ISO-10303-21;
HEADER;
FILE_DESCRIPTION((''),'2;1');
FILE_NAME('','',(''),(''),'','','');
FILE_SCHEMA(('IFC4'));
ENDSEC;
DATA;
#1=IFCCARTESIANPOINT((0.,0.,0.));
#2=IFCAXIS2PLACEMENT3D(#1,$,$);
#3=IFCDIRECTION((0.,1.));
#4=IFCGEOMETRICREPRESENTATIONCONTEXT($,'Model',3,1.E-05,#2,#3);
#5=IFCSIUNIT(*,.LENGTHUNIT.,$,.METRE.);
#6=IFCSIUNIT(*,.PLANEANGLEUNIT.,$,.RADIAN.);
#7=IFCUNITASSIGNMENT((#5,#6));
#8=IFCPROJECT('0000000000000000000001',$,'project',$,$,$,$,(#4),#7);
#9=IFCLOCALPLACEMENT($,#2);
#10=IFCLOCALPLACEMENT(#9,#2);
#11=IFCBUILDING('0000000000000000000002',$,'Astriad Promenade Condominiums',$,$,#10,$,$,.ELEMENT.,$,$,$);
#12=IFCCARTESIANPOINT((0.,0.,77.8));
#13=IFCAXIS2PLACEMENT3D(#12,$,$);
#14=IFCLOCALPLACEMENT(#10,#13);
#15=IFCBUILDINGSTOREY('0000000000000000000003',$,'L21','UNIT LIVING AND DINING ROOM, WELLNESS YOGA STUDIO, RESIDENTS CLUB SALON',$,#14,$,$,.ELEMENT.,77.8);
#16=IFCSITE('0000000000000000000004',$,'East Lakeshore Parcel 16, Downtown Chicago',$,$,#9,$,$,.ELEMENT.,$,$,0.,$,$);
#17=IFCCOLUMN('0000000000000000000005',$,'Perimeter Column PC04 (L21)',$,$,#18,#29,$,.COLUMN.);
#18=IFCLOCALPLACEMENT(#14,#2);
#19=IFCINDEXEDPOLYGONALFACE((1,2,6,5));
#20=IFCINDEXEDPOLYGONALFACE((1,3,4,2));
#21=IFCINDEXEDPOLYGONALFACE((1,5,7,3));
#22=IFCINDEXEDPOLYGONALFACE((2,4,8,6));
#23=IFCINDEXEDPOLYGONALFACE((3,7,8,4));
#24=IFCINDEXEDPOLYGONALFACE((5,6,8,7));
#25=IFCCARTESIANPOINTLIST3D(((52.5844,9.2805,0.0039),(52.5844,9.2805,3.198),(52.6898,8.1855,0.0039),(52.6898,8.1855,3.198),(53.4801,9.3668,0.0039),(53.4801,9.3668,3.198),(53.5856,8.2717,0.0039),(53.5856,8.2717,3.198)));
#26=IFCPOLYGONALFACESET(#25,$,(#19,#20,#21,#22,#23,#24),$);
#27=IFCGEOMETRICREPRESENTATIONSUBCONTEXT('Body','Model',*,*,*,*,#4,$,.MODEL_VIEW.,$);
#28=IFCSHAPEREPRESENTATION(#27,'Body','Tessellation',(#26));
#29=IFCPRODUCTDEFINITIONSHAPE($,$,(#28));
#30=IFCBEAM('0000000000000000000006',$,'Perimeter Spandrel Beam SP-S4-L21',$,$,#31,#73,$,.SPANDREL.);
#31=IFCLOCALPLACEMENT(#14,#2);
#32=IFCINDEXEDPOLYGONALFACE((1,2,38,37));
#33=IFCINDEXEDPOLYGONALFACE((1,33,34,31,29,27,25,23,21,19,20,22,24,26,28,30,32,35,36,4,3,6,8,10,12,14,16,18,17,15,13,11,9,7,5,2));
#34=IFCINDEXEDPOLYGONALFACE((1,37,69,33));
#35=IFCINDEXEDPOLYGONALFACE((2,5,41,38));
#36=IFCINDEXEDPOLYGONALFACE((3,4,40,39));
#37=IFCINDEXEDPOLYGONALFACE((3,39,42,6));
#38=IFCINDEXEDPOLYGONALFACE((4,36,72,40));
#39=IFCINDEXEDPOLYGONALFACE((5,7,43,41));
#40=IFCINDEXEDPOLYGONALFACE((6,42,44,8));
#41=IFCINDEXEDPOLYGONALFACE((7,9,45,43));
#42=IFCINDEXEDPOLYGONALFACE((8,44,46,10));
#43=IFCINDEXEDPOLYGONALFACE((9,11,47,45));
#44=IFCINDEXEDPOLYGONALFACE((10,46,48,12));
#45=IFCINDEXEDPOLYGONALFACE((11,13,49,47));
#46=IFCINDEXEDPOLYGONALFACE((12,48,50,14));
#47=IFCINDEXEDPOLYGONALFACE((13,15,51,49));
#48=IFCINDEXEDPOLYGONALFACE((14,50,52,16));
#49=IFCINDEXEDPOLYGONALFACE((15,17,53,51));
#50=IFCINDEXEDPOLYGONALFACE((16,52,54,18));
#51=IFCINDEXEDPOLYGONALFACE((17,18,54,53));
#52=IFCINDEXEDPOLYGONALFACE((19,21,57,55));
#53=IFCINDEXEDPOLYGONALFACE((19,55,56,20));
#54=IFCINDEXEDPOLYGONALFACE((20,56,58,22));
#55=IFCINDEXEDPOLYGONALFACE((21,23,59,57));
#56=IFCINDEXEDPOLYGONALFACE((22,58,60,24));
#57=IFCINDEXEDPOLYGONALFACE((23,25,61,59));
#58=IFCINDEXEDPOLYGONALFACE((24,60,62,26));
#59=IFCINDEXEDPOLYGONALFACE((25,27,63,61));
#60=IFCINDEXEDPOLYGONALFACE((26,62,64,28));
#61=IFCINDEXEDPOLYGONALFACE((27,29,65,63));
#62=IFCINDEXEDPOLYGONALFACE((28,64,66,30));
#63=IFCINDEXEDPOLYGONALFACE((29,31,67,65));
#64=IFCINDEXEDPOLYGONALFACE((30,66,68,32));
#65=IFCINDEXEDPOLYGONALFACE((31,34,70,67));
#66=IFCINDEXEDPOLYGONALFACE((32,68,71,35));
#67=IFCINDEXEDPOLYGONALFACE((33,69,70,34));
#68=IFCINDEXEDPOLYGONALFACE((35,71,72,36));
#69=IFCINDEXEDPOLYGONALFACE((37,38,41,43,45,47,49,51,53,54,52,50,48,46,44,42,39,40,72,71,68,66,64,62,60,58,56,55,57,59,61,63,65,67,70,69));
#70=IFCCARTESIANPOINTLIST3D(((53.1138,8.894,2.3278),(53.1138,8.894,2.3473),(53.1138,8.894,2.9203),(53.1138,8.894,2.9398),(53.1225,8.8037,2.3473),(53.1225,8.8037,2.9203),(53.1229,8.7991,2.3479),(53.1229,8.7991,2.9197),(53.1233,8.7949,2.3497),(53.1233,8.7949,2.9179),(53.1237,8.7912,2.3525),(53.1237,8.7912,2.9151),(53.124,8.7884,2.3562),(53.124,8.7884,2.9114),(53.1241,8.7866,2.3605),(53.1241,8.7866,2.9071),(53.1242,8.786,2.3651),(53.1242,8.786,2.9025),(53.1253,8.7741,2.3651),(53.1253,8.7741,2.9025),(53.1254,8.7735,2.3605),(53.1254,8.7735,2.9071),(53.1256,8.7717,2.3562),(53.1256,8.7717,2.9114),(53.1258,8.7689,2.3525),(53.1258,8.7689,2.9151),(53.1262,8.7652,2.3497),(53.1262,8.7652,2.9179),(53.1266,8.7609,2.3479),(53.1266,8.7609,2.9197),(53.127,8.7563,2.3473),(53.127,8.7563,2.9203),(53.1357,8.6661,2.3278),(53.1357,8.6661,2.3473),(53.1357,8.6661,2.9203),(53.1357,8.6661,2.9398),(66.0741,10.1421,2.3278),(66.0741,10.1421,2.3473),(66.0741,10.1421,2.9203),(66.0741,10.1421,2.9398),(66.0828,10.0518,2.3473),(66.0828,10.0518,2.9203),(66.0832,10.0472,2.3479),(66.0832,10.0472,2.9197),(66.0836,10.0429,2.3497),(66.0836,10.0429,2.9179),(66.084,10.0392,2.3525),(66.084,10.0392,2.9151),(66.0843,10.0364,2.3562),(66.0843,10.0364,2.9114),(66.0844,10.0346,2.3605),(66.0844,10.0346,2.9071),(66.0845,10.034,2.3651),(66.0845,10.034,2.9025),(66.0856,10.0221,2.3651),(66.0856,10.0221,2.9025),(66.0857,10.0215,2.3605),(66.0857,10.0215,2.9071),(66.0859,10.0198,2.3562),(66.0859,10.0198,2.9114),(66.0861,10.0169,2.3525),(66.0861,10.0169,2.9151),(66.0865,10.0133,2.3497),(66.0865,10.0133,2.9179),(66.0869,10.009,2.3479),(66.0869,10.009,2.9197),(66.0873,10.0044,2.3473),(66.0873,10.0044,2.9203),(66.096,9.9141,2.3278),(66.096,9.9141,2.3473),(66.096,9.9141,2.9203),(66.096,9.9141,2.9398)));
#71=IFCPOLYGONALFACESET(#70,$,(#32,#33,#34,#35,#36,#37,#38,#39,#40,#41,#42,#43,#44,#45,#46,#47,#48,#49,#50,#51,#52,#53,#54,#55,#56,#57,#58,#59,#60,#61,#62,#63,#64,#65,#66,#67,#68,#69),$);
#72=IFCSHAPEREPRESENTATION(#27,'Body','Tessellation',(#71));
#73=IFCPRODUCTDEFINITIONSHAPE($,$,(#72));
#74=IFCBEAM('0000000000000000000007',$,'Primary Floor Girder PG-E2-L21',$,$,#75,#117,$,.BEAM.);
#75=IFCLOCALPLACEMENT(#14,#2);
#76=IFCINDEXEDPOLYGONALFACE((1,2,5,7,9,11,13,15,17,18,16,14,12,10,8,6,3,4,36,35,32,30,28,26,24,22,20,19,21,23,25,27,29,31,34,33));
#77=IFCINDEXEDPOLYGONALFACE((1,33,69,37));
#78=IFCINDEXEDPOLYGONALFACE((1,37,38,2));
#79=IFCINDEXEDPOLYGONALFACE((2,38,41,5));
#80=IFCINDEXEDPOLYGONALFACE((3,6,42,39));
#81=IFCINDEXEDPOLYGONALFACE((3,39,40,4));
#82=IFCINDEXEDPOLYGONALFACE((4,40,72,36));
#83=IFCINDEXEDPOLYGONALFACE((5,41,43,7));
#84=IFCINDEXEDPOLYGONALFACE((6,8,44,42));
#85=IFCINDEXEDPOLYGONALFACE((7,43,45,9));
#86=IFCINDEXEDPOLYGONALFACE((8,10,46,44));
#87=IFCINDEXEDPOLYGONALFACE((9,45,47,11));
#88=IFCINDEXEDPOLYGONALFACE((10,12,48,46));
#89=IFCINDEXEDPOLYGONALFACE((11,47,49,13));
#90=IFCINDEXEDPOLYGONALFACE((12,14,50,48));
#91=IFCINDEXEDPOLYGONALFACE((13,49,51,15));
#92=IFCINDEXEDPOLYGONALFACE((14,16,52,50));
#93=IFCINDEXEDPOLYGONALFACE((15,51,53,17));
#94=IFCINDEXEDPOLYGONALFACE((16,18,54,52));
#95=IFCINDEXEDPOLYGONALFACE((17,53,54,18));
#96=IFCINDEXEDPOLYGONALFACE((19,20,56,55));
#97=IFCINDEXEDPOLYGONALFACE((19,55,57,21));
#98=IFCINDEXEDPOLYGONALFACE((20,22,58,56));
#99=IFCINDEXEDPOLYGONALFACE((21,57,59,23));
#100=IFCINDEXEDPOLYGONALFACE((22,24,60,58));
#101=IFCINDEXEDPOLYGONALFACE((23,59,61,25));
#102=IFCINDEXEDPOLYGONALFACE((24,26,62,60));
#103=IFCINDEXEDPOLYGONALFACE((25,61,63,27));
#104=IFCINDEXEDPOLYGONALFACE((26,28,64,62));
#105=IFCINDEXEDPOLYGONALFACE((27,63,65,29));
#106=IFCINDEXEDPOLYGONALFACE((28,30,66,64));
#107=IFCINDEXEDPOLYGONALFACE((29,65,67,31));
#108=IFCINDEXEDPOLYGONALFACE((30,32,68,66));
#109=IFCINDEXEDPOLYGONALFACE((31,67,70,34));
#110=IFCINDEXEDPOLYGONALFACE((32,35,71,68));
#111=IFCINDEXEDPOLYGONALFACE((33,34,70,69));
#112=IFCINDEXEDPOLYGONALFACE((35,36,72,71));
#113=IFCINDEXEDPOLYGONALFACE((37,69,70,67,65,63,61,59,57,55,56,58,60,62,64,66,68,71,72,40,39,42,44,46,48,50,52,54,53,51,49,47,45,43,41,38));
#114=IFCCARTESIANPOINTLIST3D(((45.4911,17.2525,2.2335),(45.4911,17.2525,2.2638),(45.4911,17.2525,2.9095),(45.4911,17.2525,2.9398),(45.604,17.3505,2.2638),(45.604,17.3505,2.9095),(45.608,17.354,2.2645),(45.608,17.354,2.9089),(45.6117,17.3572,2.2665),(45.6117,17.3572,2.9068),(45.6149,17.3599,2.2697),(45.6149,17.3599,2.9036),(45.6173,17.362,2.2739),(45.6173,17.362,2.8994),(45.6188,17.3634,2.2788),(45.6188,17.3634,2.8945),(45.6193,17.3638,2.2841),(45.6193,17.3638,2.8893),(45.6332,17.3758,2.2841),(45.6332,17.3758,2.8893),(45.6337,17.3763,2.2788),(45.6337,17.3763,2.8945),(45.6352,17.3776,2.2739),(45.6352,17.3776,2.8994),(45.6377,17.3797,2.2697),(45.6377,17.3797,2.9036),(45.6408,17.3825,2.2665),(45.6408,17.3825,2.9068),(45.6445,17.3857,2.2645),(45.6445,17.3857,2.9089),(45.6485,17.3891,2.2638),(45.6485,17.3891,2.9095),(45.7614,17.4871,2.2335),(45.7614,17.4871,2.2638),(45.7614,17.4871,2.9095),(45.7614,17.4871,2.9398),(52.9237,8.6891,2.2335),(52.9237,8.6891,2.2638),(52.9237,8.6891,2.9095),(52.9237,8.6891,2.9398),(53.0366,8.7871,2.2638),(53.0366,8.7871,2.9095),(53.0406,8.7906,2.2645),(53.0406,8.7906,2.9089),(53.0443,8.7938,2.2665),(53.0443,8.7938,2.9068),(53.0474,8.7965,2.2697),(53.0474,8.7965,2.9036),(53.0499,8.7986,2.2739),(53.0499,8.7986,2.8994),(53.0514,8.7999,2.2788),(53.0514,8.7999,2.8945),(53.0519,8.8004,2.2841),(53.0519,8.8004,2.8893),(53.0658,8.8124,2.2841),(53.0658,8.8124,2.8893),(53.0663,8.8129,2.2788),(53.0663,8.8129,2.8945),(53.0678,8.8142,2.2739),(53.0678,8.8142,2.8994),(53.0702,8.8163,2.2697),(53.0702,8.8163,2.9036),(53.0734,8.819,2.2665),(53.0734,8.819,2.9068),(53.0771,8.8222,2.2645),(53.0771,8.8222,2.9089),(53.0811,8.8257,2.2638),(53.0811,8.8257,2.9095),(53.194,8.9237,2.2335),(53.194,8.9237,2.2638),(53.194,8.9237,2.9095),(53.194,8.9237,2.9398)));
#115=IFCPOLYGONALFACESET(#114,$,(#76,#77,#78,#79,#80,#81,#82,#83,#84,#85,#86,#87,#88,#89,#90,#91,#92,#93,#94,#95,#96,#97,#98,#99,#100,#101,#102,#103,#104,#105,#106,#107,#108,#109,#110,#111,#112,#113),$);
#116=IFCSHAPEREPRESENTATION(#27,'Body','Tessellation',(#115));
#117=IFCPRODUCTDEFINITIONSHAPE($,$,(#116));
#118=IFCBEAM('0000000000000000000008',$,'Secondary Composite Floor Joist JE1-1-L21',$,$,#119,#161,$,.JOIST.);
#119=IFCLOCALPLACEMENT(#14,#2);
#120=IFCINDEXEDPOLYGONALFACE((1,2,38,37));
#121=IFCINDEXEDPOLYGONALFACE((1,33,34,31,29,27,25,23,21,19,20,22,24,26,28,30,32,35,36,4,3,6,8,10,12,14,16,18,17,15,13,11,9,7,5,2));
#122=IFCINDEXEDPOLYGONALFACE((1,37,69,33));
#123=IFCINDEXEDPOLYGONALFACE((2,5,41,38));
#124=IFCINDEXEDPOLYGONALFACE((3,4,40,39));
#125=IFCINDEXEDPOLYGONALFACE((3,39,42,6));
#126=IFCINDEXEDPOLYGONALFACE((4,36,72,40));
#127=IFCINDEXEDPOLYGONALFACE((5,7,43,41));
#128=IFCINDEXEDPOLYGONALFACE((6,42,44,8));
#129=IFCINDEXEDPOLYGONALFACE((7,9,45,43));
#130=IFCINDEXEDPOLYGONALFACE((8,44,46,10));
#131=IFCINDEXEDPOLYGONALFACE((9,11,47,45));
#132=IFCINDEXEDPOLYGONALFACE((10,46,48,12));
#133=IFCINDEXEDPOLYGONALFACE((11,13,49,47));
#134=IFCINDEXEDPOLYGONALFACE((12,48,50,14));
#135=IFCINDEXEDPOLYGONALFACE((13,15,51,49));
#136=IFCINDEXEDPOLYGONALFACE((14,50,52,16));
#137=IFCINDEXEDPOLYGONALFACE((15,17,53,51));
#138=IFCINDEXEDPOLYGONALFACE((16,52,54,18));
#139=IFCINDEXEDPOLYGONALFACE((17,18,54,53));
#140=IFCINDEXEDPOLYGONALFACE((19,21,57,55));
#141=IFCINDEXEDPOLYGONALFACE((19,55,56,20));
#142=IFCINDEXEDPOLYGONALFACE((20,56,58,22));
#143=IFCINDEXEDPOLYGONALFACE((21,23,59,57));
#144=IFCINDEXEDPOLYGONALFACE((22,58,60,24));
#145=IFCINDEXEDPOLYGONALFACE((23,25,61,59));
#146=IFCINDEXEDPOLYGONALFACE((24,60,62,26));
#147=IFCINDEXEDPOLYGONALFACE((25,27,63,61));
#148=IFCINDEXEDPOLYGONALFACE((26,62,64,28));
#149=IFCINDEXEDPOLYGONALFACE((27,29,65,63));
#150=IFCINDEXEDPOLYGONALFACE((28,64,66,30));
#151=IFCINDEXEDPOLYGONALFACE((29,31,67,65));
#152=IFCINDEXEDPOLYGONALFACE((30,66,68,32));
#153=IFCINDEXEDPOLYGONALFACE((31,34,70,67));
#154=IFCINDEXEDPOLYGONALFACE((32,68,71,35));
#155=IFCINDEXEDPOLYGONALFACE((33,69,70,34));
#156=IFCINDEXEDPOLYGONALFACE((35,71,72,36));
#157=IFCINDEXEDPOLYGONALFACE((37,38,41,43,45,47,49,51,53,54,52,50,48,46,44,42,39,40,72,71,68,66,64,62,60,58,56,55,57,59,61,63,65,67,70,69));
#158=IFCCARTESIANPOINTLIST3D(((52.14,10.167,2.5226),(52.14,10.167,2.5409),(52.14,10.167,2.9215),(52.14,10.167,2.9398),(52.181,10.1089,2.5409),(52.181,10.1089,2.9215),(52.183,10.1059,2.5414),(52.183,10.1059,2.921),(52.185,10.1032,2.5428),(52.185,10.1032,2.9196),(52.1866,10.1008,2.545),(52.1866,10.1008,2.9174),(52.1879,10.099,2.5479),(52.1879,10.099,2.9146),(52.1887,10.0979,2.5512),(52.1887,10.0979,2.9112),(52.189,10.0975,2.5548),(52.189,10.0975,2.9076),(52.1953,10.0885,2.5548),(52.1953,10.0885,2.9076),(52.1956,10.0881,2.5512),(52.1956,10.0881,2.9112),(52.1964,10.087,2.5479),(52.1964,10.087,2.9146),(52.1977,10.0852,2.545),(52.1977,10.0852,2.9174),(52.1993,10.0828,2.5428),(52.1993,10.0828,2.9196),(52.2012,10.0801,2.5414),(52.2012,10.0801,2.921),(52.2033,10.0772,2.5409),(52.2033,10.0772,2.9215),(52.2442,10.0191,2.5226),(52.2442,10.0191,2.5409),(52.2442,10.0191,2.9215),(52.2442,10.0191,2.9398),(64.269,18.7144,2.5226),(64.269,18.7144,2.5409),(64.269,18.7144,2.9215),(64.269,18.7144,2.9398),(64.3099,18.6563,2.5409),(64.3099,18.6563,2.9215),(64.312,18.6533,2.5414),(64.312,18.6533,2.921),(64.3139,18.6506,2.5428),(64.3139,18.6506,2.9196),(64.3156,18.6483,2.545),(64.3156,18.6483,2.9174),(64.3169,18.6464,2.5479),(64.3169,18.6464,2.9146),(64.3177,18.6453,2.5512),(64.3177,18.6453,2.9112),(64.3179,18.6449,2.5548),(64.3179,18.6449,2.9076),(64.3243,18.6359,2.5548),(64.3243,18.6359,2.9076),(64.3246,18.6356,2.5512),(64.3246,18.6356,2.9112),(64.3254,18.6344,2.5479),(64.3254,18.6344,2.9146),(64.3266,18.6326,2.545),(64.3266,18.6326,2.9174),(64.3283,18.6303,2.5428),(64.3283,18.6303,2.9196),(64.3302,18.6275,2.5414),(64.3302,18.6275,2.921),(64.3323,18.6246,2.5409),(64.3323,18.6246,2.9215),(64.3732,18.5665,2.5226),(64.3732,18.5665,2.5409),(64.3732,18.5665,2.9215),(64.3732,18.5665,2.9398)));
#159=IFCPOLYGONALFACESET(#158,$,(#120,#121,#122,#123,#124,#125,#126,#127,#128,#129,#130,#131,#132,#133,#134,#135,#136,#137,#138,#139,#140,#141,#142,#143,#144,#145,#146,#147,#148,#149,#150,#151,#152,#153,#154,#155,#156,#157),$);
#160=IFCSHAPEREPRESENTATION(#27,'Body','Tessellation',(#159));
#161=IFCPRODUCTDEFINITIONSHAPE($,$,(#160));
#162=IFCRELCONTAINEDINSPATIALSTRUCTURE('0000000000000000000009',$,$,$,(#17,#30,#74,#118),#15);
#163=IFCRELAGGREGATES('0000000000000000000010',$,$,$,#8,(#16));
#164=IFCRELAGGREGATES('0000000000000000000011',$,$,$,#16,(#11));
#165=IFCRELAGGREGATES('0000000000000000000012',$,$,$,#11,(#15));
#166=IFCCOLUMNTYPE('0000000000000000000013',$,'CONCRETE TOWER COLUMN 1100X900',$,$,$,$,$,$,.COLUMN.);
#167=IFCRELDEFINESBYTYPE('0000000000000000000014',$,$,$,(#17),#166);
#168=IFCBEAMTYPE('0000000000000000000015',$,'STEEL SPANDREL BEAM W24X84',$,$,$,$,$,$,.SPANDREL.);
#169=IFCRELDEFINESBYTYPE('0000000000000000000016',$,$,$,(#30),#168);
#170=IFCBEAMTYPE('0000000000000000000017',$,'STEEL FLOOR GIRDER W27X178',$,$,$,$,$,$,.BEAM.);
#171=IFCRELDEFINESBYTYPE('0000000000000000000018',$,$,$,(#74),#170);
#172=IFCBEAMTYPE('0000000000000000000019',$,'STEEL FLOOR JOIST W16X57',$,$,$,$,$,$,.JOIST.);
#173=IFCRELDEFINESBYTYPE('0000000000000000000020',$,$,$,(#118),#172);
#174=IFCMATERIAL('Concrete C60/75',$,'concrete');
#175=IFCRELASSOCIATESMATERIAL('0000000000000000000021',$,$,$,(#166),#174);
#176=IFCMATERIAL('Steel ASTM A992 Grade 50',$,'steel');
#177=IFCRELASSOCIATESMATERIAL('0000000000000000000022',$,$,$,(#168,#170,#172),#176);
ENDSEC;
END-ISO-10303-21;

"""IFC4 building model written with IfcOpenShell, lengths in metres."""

from ifc_helpers import new_model, si_unit, direction, frame, origin, origin_2d, place, context, subcontext, project, spatial, rectangle, i_section, extrude, source, transform, mapped, material, material_profile, profile_set, type_object, type_shapes, element, save


model = new_model("IFC4")

# Units and contexts
model_context = context("Model", 3, precision=1e-05, world=origin(), true_north=direction((0.0, 1.0)))
body_context = subcontext(model_context, "Body", "Model", "MODEL_VIEW")
ifc_project = project(units=[si_unit("LENGTHUNIT", "METRE"), si_unit("PLANEANGLEUNIT", "RADIAN")], contexts=[model_context])

# Site, building, storey
site_placement = place(None, origin())
site = spatial("IfcSite", under=ifc_project, at=site_placement, Name="East Lakeshore Parcel 16, Downtown Chicago", CompositionType="ELEMENT", RefElevation=0.0)
building_placement = place(site_placement, origin())
building = spatial("IfcBuilding", under=site, at=building_placement, Name="Astriad Promenade Condominiums", CompositionType="ELEMENT")
storey_placement = place(building_placement, frame((0.0, 0.0, 77.8)))
storey = spatial("IfcBuildingStorey", under=building, at=storey_placement, Name="L21", Description="UNIT LIVING AND DINING ROOM, WELLNESS YOGA STUDIO, RESIDENTS CLUB SALON", CompositionType="ELEMENT", Elevation=77.8)

# Column
ifc_material_1 = material(Name="Concrete C60/75", Category="concrete")
ifc_material_profile_1 = material_profile(ifc_material_1, rectangle(XDim=0.8999, YDim=1.1001, at=origin_2d()), Name="RC-COL-1100X900")
ifc_profile_set_1 = profile_set([ifc_material_profile_1], Name="Concrete C60/75")
column_type = type_object("IfcColumnType", Name="CONCRETE TOWER COLUMN 1100X900", PredefinedType="COLUMN", material=ifc_profile_set_1)
shared_shape_1 = source(origin(), body_context, "Body", "SweptSolid", [
    extrude(rectangle(XDim=0.8999, YDim=1.1001, at=origin_2d()), origin(), (0.0, 0.0, 1.0), 3.1941),
])
type_shapes(column_type, [shared_shape_1])
column_placement = place(storey_placement, frame((53.085, 8.7761, 0.0039), z_axis=(0.0, 0.0, 1.0), x_axis=(0.995396, 0.095846, 0.0)))
element("IfcColumn", 1, at=column_placement, inside=storey, type_object=column_type, Name="Perimeter Column PC04 (L21)", PredefinedType="COLUMN", context=body_context, shape_type="MappedRepresentation", body=[
    mapped(shared_shape_1, transform((0.0, 0.0, 0.0), scale=1.0)),
])

# Beams
ifc_material_2 = material(Name="Steel ASTM A992 Grade 50", Category="steel")
ifc_material_profile_2 = material_profile(ifc_material_2, i_section(OverallWidth=0.229, OverallDepth=0.6121, WebThickness=0.012, FlangeThickness=0.0195, FilletRadius=0.0178, at=origin_2d()), Name="W24X84")
ifc_profile_set_2 = profile_set([ifc_material_profile_2], Name="Steel ASTM A992 Grade 50")
beam_type_1 = type_object("IfcBeamType", Name="STEEL SPANDREL BEAM W24X84", PredefinedType="SPANDREL", material=ifc_profile_set_2)
shared_shape_2 = source(origin(), body_context, "Body", "SweptSolid", [
    extrude(i_section(OverallWidth=0.229, OverallDepth=0.6121, WebThickness=0.012, FlangeThickness=0.0195, FilletRadius=0.0178, at=origin_2d()), origin(), (0.0, 0.0, 1.0), 13.0203),
])
type_shapes(beam_type_1, [shared_shape_2])
beam_1_placement = place(storey_placement, frame((53.1248, 8.78, 2.6338), z_axis=(0.995395, 0.095855, 0.0), x_axis=(-0.095855, 0.995395, 0.0)))
element("IfcBeam", 2, at=beam_1_placement, inside=storey, type_object=beam_type_1, Name="Perimeter Spandrel Beam SP-S4-L21", PredefinedType="SPANDREL", context=body_context, shape_type="MappedRepresentation", body=[
    mapped(shared_shape_2, transform((0.0, 0.0, 0.0), scale=1.0)),
])
ifc_material_profile_3 = material_profile(ifc_material_2, i_section(OverallWidth=0.3579, OverallDepth=0.7063, WebThickness=0.0183, FlangeThickness=0.0303, FilletRadius=0.0203, at=origin_2d()), Name="W27X178")
ifc_profile_set_3 = profile_set([ifc_material_profile_3], Name="Steel ASTM A992 Grade 50")
beam_type_2 = type_object("IfcBeamType", Name="STEEL FLOOR GIRDER W27X178", PredefinedType="BEAM", material=ifc_profile_set_3)
shared_shape_3 = source(origin(), body_context, "Body", "SweptSolid", [
    extrude(i_section(OverallWidth=0.3579, OverallDepth=0.7063, WebThickness=0.0183, FlangeThickness=0.0303, FilletRadius=0.0203, at=origin_2d()), origin(), (0.0, 0.0, 1.0), 11.3391),
])
type_shapes(beam_type_2, [shared_shape_3])
beam_2_placement = place(storey_placement, frame((53.0588, 8.8064, 2.5867), z_axis=(-0.655481, 0.755211, 0.0), x_axis=(-0.755211, -0.655481, 0.0)))
element("IfcBeam", 3, at=beam_2_placement, inside=storey, type_object=beam_type_2, Name="Primary Floor Girder PG-E2-L21", PredefinedType="BEAM", context=body_context, shape_type="MappedRepresentation", body=[
    mapped(shared_shape_3, transform((0.0, 0.0, 0.0), scale=1.0)),
])
ifc_material_profile_4 = material_profile(ifc_material_2, i_section(OverallWidth=0.1809, OverallDepth=0.4172, WebThickness=0.011, FlangeThickness=0.0183, FilletRadius=0.0139, at=origin_2d()), Name="W16X57")
ifc_profile_set_4 = profile_set([ifc_material_profile_4], Name="Steel ASTM A992 Grade 50")
beam_type_3 = type_object("IfcBeamType", Name="STEEL FLOOR JOIST W16X57", PredefinedType="JOIST", material=ifc_profile_set_4)
shared_shape_4 = source(origin(), body_context, "Body", "SweptSolid", [
    extrude(i_section(OverallWidth=0.1809, OverallDepth=0.4172, WebThickness=0.011, FlangeThickness=0.0183, FilletRadius=0.0139, at=origin_2d()), origin(), (0.0, 0.0, 1.0), 14.8381),
])
beam_3_placement = place(storey_placement, frame((52.1921, 10.093, 2.7312), z_axis=(0.817419, 0.576043, 0.0), x_axis=(-0.576043, 0.817419, 0.0)))
element("IfcBeam", 4, at=beam_3_placement, inside=storey, type_object=beam_type_3, Name="Secondary Composite Floor Joist JE1-1-L21", PredefinedType="JOIST", context=body_context, shape_type="MappedRepresentation", body=[
    mapped(shared_shape_4, transform((0.0, 0.0, 0.0), scale=1.0)),
])

save(model, "model.ifc")
